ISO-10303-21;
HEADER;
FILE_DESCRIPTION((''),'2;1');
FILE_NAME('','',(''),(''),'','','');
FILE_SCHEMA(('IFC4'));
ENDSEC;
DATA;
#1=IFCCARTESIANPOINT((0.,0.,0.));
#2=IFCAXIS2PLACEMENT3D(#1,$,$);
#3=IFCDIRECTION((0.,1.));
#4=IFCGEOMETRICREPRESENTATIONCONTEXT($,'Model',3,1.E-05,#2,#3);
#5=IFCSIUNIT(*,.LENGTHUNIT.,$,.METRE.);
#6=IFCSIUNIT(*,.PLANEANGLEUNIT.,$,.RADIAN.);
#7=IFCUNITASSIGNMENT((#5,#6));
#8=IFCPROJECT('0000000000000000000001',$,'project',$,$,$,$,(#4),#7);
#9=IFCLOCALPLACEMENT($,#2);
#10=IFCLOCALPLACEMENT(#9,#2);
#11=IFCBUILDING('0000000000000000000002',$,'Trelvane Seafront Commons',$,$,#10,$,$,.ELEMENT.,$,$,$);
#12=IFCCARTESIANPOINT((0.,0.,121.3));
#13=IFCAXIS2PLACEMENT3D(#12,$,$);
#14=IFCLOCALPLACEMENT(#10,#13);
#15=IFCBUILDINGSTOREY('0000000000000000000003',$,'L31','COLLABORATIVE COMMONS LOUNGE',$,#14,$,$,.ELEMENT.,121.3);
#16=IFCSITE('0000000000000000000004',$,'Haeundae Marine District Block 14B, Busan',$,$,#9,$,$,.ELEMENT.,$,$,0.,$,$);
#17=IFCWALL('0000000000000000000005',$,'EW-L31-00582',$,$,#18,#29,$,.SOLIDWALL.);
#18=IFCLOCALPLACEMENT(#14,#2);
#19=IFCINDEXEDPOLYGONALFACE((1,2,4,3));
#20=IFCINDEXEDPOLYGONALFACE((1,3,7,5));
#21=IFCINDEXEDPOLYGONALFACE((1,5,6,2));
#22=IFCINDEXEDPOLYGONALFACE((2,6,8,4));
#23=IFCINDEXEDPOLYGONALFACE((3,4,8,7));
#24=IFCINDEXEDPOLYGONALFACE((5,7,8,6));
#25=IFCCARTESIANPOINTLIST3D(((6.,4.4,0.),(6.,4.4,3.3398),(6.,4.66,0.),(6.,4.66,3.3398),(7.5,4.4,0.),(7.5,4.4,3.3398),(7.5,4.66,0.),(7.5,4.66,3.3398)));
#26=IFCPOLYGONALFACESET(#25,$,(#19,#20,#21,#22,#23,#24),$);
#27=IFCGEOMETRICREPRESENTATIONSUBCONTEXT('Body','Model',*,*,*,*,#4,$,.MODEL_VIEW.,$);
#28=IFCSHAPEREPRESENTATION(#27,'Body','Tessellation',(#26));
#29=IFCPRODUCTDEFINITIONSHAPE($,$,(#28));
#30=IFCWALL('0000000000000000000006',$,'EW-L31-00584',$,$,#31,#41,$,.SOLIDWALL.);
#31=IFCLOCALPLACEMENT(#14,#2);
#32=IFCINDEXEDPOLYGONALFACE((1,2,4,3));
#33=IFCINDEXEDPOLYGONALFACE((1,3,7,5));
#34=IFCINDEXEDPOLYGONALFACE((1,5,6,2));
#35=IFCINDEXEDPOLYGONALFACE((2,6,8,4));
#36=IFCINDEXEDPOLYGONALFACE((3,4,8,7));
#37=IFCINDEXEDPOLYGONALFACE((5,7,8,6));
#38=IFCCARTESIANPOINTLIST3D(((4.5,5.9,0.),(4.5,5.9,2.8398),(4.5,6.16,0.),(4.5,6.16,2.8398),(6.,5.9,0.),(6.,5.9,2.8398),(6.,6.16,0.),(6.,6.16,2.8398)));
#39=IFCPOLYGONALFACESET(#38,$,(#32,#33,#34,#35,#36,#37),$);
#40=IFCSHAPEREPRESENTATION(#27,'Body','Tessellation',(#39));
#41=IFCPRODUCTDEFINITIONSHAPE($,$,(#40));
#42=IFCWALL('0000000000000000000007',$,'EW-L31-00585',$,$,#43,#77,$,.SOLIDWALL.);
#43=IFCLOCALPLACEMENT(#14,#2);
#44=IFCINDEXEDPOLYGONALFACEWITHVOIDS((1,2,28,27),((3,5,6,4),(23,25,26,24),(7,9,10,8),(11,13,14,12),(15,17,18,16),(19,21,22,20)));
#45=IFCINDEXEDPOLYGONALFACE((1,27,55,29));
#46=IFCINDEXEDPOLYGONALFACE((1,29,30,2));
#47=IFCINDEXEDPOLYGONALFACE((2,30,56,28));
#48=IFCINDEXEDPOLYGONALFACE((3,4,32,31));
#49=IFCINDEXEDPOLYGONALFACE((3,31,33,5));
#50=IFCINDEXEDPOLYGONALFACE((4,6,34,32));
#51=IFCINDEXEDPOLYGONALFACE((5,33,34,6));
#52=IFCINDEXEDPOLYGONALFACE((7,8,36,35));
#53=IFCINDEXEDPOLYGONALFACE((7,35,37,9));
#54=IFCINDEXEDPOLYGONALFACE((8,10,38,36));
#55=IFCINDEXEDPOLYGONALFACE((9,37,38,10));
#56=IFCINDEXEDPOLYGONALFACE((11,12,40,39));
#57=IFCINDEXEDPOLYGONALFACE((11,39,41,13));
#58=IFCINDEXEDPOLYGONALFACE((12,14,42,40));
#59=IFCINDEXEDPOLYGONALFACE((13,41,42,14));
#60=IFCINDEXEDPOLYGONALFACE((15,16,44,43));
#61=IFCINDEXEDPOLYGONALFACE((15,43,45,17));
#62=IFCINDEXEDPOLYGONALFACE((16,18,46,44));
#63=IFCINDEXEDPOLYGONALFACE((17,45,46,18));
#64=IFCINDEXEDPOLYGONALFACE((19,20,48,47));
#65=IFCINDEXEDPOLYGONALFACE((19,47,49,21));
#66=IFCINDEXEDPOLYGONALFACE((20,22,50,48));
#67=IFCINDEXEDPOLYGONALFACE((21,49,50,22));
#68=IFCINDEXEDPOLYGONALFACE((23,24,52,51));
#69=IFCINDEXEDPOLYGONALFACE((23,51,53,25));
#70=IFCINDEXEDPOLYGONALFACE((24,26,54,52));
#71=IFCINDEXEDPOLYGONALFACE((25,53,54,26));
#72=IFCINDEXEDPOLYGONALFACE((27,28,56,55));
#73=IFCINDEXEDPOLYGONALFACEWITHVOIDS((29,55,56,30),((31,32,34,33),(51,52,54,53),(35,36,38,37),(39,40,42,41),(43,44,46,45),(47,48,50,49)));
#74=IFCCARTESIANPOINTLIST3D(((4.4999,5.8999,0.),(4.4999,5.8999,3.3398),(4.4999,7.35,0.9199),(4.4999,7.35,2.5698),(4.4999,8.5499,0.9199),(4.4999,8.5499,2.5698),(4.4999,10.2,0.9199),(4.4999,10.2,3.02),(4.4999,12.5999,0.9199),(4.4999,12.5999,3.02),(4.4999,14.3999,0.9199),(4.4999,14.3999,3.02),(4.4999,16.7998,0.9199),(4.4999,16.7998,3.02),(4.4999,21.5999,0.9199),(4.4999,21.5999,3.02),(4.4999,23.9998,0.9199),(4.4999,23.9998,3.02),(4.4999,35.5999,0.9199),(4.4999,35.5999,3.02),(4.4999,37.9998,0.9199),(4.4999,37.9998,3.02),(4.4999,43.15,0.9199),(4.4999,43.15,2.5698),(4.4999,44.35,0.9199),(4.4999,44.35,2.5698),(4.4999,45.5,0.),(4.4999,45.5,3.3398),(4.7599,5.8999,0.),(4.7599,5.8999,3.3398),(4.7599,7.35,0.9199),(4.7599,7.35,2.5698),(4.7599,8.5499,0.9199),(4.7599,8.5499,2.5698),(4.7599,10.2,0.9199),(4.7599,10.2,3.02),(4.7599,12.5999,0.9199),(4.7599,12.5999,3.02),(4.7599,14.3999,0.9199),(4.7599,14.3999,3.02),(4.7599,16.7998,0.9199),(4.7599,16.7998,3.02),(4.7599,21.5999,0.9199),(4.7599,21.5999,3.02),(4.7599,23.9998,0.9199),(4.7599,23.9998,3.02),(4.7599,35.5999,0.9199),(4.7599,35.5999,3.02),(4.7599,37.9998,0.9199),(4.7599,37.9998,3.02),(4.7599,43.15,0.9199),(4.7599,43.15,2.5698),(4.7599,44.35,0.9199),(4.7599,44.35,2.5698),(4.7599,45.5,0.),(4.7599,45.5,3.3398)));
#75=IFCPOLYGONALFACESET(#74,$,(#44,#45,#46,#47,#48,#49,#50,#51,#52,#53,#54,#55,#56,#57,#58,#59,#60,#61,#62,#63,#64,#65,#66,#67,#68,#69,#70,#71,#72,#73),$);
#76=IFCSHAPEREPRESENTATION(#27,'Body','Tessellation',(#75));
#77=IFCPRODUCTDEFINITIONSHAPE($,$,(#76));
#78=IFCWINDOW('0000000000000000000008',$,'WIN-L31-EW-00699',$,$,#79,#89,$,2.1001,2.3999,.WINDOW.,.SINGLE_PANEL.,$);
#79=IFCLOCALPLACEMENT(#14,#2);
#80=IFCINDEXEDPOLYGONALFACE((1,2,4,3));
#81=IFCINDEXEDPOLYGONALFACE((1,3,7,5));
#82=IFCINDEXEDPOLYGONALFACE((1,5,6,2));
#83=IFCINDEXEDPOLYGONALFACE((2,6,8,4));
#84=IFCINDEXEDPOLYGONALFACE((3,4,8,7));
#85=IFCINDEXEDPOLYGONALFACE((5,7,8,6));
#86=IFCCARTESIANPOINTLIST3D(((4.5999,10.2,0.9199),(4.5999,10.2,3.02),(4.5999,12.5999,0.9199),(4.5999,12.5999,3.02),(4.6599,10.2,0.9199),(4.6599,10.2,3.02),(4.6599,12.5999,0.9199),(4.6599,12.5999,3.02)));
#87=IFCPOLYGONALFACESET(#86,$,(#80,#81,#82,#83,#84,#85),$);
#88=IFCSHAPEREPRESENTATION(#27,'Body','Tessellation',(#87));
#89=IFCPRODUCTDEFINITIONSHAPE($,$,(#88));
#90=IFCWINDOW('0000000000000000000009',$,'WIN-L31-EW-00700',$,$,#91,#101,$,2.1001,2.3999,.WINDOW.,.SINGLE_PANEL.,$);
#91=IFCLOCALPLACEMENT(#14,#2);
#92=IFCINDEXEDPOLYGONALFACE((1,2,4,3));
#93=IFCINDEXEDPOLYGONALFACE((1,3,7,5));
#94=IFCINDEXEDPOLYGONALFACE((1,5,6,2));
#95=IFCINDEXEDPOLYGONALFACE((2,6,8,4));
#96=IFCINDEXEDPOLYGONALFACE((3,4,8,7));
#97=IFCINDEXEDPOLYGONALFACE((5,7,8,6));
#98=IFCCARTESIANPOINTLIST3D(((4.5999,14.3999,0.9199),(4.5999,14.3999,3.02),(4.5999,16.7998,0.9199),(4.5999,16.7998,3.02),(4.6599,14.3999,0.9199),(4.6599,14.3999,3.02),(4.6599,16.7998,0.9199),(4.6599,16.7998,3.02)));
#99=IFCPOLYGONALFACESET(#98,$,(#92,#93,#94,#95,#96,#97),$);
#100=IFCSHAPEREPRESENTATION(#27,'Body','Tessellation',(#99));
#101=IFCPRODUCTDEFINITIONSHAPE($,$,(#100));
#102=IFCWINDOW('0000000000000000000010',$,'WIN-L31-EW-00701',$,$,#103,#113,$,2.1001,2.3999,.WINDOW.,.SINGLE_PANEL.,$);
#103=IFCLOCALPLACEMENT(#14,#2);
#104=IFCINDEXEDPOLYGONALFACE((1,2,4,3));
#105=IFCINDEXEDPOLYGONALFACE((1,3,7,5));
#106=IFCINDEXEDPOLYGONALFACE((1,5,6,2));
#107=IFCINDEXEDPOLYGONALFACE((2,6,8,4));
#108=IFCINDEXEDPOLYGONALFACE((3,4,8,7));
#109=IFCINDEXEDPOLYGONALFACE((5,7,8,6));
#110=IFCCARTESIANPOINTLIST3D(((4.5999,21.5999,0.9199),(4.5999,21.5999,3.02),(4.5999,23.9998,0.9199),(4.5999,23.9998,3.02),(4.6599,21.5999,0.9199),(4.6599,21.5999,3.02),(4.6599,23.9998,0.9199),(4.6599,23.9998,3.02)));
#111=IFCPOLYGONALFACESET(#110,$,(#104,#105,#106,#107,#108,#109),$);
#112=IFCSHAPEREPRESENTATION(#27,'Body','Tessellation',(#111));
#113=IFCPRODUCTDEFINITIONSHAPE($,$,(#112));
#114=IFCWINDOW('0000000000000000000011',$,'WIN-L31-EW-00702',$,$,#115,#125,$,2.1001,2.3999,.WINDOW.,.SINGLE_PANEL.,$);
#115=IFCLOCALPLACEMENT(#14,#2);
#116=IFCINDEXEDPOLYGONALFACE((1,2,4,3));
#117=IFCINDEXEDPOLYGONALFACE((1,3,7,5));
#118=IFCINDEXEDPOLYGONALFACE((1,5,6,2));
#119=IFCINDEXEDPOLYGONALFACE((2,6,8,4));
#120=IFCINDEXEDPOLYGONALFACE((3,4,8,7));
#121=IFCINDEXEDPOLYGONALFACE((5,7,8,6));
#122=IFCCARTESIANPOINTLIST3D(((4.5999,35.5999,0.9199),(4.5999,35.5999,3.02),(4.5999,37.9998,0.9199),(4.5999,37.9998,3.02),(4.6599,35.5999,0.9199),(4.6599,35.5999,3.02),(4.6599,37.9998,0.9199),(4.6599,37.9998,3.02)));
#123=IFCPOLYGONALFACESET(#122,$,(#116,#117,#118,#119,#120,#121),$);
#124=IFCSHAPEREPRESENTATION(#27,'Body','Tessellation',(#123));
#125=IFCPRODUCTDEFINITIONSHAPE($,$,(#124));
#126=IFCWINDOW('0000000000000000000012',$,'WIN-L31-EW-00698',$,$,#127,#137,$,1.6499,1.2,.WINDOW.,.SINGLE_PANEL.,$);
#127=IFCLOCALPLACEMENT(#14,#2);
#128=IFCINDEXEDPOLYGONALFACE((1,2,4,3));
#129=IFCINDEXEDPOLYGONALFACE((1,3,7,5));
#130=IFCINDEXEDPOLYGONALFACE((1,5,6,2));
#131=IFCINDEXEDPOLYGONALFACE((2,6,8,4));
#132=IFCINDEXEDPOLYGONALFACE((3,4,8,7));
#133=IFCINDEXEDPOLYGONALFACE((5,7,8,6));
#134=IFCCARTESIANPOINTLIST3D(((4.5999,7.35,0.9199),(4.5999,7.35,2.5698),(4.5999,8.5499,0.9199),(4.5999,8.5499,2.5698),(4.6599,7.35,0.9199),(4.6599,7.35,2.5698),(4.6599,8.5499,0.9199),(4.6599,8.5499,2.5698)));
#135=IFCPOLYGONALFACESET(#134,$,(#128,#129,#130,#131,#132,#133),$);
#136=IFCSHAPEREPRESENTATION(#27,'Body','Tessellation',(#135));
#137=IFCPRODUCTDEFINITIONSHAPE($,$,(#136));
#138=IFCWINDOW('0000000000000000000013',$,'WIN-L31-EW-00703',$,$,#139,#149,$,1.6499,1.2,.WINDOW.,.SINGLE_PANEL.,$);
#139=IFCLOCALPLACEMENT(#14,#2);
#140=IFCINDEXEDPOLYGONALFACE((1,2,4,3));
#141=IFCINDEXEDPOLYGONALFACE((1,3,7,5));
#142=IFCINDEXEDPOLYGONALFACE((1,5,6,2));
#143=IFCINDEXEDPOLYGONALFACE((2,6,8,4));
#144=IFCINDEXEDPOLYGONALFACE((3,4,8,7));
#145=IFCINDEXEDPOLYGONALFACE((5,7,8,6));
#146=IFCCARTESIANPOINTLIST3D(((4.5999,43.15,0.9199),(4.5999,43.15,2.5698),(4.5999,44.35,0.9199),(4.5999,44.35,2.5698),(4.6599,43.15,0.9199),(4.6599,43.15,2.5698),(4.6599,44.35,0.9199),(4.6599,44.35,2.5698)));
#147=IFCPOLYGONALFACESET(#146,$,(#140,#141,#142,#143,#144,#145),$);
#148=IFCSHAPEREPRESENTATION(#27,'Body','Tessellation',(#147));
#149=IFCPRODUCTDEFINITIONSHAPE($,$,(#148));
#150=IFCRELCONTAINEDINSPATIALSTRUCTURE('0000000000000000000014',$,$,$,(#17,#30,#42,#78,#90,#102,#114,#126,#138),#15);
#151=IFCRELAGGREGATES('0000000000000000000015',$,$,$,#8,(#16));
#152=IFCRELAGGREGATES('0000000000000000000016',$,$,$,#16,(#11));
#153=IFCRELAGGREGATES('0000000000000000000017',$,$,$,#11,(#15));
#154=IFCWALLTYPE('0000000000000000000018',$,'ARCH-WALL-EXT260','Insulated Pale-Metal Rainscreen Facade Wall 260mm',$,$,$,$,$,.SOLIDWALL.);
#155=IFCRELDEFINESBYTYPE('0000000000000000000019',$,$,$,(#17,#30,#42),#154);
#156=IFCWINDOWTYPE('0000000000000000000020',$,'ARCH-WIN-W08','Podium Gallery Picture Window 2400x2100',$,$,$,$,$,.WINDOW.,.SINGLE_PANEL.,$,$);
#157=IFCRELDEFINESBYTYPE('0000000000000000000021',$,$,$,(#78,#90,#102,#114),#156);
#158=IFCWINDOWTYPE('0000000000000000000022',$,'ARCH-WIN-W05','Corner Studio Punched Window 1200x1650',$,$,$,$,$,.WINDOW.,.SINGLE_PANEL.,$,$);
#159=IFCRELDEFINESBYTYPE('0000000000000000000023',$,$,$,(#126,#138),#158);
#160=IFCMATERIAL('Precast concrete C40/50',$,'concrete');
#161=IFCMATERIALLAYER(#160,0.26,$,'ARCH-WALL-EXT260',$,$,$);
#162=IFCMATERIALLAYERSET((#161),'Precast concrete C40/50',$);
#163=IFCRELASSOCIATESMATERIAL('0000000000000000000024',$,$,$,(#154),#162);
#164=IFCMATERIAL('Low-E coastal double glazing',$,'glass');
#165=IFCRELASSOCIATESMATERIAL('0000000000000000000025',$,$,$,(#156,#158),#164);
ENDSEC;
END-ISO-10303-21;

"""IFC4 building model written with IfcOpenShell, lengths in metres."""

from ifc_helpers import new_model, si_unit, direction, frame, frame_2d, origin, place, context, subcontext, project, spatial, rectangle, extrude, source, transform, mapped, material, layer, layer_set, type_object, element, fill, save


model = new_model("IFC4")

# Units and contexts
model_context = context("Model", 3, precision=1e-05, world=origin(), true_north=direction((0.0, 1.0)))
body_context = subcontext(model_context, "Body", "Model", "MODEL_VIEW")
ifc_project = project(units=[si_unit("LENGTHUNIT", "METRE"), si_unit("PLANEANGLEUNIT", "RADIAN")], contexts=[model_context])

# Site, building, storey
site_placement = place(None, origin())
site = spatial("IfcSite", under=ifc_project, at=site_placement, Name="Haeundae Marine District Block 14B, Busan", CompositionType="ELEMENT", RefElevation=0.0)
building_placement = place(site_placement, origin())
building = spatial("IfcBuilding", under=site, at=building_placement, Name="Trelvane Seafront Commons", CompositionType="ELEMENT")
storey_placement = place(building_placement, frame((0.0, 0.0, 121.3)))
storey = spatial("IfcBuildingStorey", under=building, at=storey_placement, Name="L31", Description="COLLABORATIVE COMMONS LOUNGE", CompositionType="ELEMENT", Elevation=121.3)

# Walls
ifc_material_1 = material(Name="Precast concrete C40/50", Category="concrete")
ifc_layer_1 = layer(ifc_material_1, 0.26, Name="ARCH-WALL-EXT260")
ifc_layer_set_1 = layer_set([ifc_layer_1], Name="Precast concrete C40/50")
wall_type_1 = type_object("IfcWallType", Name="ARCH-WALL-EXT260", Description="Insulated Pale-Metal Rainscreen Facade Wall 260mm", PredefinedType="SOLIDWALL", material=ifc_layer_set_1)
wall_1_placement = place(storey_placement, frame((7.5, 4.53, 0.0), z_axis=(0.0, 0.0, 1.0), x_axis=(-1.0, 0.0, 0.0)))
element("IfcWall", 1, at=wall_1_placement, inside=storey, type_object=wall_type_1, Name="EW-L31-00582", PredefinedType="SOLIDWALL", context=body_context, shape_type="SweptSolid", body=[
    extrude(rectangle(XDim=1.5, YDim=0.26, at=frame_2d((0.75, 0.0))), origin(), (0.0, 0.0, 1.0), 3.3398),
])
wall_2_placement = place(storey_placement, frame((6.0, 6.03, 0.0), z_axis=(0.0, 0.0, 1.0), x_axis=(-1.0, 0.0, 0.0)))
element("IfcWall", 2, at=wall_2_placement, inside=storey, type_object=wall_type_1, Name="EW-L31-00584", PredefinedType="SOLIDWALL", context=body_context, shape_type="SweptSolid", body=[
    extrude(rectangle(XDim=1.5, YDim=0.26, at=frame_2d((0.75, 0.0))), origin(), (0.0, 0.0, 1.0), 2.8398),
])

# Wall, openings, windows
wall_3_placement = place(storey_placement, frame((4.6299, 5.8999, 0.0), z_axis=(0.0, 0.0, 1.0), x_axis=(0.0, 1.0, 0.0)))
wall_3 = element("IfcWall", 3, at=wall_3_placement, inside=storey, type_object=wall_type_1, Name="EW-L31-00585", PredefinedType="SOLIDWALL", context=body_context, shape_type="SweptSolid", body=[
    extrude(rectangle(XDim=39.6001, YDim=0.26, at=frame_2d((19.8, 0.0))), origin(), (0.0, 0.0, 1.0), 3.3398),
])
opening_1_placement = place(wall_3_placement, frame((1.45, 0.0, 0.9199)))
opening_1 = element("IfcOpeningElement", 4, at=opening_1_placement, cuts=wall_3, PredefinedType="OPENING", context=body_context, shape_type="SweptSolid", body=[
    extrude(rectangle(XDim=1.2, YDim=1.6499, at=frame_2d((0.6001, 0.825))), frame((0.0, 0.1399, 0.0), z_axis=(0.0, -1.0, 0.0), x_axis=(1.0, 0.0, 0.0)), (0.0, 0.0, 1.0), 0.28),
])
opening_2_placement = place(wall_3_placement, frame((4.3, 0.0, 0.9199)))
opening_2 = element("IfcOpeningElement", 5, at=opening_2_placement, cuts=wall_3, PredefinedType="OPENING", context=body_context, shape_type="SweptSolid", body=[
    extrude(rectangle(XDim=2.3999, YDim=2.1001, at=frame_2d((1.2, 1.05))), frame((0.0, 0.1399, 0.0), z_axis=(0.0, -1.0, 0.0), x_axis=(1.0, 0.0, 0.0)), (0.0, 0.0, 1.0), 0.28),
])
opening_3_placement = place(wall_3_placement, frame((8.5, 0.0, 0.9199)))
opening_3 = element("IfcOpeningElement", 6, at=opening_3_placement, cuts=wall_3, PredefinedType="OPENING", context=body_context, shape_type="SweptSolid", body=[
    extrude(rectangle(XDim=2.3999, YDim=2.1001, at=frame_2d((1.2, 1.05))), frame((0.0, 0.1399, 0.0), z_axis=(0.0, -1.0, 0.0), x_axis=(1.0, 0.0, 0.0)), (0.0, 0.0, 1.0), 0.28),
])
opening_4_placement = place(wall_3_placement, frame((15.7, 0.0, 0.9199)))
opening_4 = element("IfcOpeningElement", 7, at=opening_4_placement, cuts=wall_3, PredefinedType="OPENING", context=body_context, shape_type="SweptSolid", body=[
    extrude(rectangle(XDim=2.3999, YDim=2.1001, at=frame_2d((1.2, 1.05))), frame((0.0, 0.1399, 0.0), z_axis=(0.0, -1.0, 0.0), x_axis=(1.0, 0.0, 0.0)), (0.0, 0.0, 1.0), 0.28),
])
opening_5_placement = place(wall_3_placement, frame((29.7, 0.0, 0.9199)))
opening_5 = element("IfcOpeningElement", 8, at=opening_5_placement, cuts=wall_3, PredefinedType="OPENING", context=body_context, shape_type="SweptSolid", body=[
    extrude(rectangle(XDim=2.3999, YDim=2.1001, at=frame_2d((1.2, 1.05))), frame((0.0, 0.1399, 0.0), z_axis=(0.0, -1.0, 0.0), x_axis=(1.0, 0.0, 0.0)), (0.0, 0.0, 1.0), 0.28),
])
opening_6_placement = place(wall_3_placement, frame((37.25, 0.0, 0.9199)))
opening_6 = element("IfcOpeningElement", 9, at=opening_6_placement, cuts=wall_3, PredefinedType="OPENING", context=body_context, shape_type="SweptSolid", body=[
    extrude(rectangle(XDim=1.2, YDim=1.6499, at=frame_2d((0.6001, 0.825))), frame((0.0, 0.1399, 0.0), z_axis=(0.0, -1.0, 0.0), x_axis=(1.0, 0.0, 0.0)), (0.0, 0.0, 1.0), 0.28),
])
ifc_material_2 = material(Name="Low-E coastal double glazing", Category="glass")
window_type_1 = type_object("IfcWindowType", Name="ARCH-WIN-W08", Description="Podium Gallery Picture Window 2400x2100", PartitioningType="SINGLE_PANEL", PredefinedType="WINDOW", material=ifc_material_2)
shared_shape_1 = source(origin(), body_context, "Body", "SweptSolid", [
    extrude(rectangle(XDim=2.3999, YDim=2.1001, at=frame_2d((1.2, 1.05))), frame((0.0, 0.03, 0.0), z_axis=(0.0, -1.0, 0.0), x_axis=(1.0, 0.0, 0.0)), (0.0, 0.0, 1.0), 0.0601),
])
window_1_placement = place(opening_2_placement, origin())
window_1 = element("IfcWindow", 10, at=window_1_placement, inside=storey, type_object=window_type_1, Name="WIN-L31-EW-00699", OverallHeight=2.1001, OverallWidth=2.3999, PartitioningType="SINGLE_PANEL", PredefinedType="WINDOW", context=body_context, shape_type="MappedRepresentation", body=[
    mapped(shared_shape_1, transform((0.0, 0.0, 0.0), x_axis=(1.0, 0.0, 0.0), y_axis=(0.0, 1.0, 0.0), z_axis=(0.0, 0.0, 1.0), scale=1.0)),
])
fill(opening_2, window_1)
window_2_placement = place(opening_3_placement, origin())
window_2 = element("IfcWindow", 11, at=window_2_placement, inside=storey, type_object=window_type_1, Name="WIN-L31-EW-00700", OverallHeight=2.1001, OverallWidth=2.3999, PartitioningType="SINGLE_PANEL", PredefinedType="WINDOW", context=body_context, shape_type="MappedRepresentation", body=[
    mapped(shared_shape_1, transform((0.0, 0.0, 0.0), x_axis=(1.0, 0.0, 0.0), y_axis=(0.0, 1.0, 0.0), z_axis=(0.0, 0.0, 1.0), scale=1.0)),
])
fill(opening_3, window_2)
window_3_placement = place(opening_4_placement, origin())
window_3 = element("IfcWindow", 12, at=window_3_placement, inside=storey, type_object=window_type_1, Name="WIN-L31-EW-00701", OverallHeight=2.1001, OverallWidth=2.3999, PartitioningType="SINGLE_PANEL", PredefinedType="WINDOW", context=body_context, shape_type="MappedRepresentation", body=[
    mapped(shared_shape_1, transform((0.0, 0.0, 0.0), x_axis=(1.0, 0.0, 0.0), y_axis=(0.0, 1.0, 0.0), z_axis=(0.0, 0.0, 1.0), scale=1.0)),
])
fill(opening_4, window_3)
window_4_placement = place(opening_5_placement, origin())
window_4 = element("IfcWindow", 13, at=window_4_placement, inside=storey, type_object=window_type_1, Name="WIN-L31-EW-00702", OverallHeight=2.1001, OverallWidth=2.3999, PartitioningType="SINGLE_PANEL", PredefinedType="WINDOW", context=body_context, shape_type="MappedRepresentation", body=[
    mapped(shared_shape_1, transform((0.0, 0.0, 0.0), x_axis=(1.0, 0.0, 0.0), y_axis=(0.0, 1.0, 0.0), z_axis=(0.0, 0.0, 1.0), scale=1.0)),
])
fill(opening_5, window_4)
window_type_2 = type_object("IfcWindowType", Name="ARCH-WIN-W05", Description="Corner Studio Punched Window 1200x1650", PartitioningType="SINGLE_PANEL", PredefinedType="WINDOW", material=ifc_material_2)
shared_shape_2 = source(origin(), body_context, "Body", "SweptSolid", [
    extrude(rectangle(XDim=1.2, YDim=1.6499, at=frame_2d((0.6001, 0.825))), frame((0.0, 0.03, 0.0), z_axis=(0.0, -1.0, 0.0), x_axis=(1.0, 0.0, 0.0)), (0.0, 0.0, 1.0), 0.0601),
])
window_5_placement = place(opening_1_placement, origin())
window_5 = element("IfcWindow", 14, at=window_5_placement, inside=storey, type_object=window_type_2, Name="WIN-L31-EW-00698", OverallHeight=1.6499, OverallWidth=1.2, PartitioningType="SINGLE_PANEL", PredefinedType="WINDOW", context=body_context, shape_type="MappedRepresentation", body=[
    mapped(shared_shape_2, transform((0.0, 0.0, 0.0), x_axis=(1.0, 0.0, 0.0), y_axis=(0.0, 1.0, 0.0), z_axis=(0.0, 0.0, 1.0), scale=1.0)),
])
fill(opening_1, window_5)
window_6_placement = place(opening_6_placement, origin())
window_6 = element("IfcWindow", 15, at=window_6_placement, inside=storey, type_object=window_type_2, Name="WIN-L31-EW-00703", OverallHeight=1.6499, OverallWidth=1.2, PartitioningType="SINGLE_PANEL", PredefinedType="WINDOW", context=body_context, shape_type="MappedRepresentation", body=[
    mapped(shared_shape_2, transform((0.0, 0.0, 0.0), x_axis=(1.0, 0.0, 0.0), y_axis=(0.0, 1.0, 0.0), z_axis=(0.0, 0.0, 1.0), scale=1.0)),
])
fill(opening_6, window_6)

save(model, "model.ifc")
